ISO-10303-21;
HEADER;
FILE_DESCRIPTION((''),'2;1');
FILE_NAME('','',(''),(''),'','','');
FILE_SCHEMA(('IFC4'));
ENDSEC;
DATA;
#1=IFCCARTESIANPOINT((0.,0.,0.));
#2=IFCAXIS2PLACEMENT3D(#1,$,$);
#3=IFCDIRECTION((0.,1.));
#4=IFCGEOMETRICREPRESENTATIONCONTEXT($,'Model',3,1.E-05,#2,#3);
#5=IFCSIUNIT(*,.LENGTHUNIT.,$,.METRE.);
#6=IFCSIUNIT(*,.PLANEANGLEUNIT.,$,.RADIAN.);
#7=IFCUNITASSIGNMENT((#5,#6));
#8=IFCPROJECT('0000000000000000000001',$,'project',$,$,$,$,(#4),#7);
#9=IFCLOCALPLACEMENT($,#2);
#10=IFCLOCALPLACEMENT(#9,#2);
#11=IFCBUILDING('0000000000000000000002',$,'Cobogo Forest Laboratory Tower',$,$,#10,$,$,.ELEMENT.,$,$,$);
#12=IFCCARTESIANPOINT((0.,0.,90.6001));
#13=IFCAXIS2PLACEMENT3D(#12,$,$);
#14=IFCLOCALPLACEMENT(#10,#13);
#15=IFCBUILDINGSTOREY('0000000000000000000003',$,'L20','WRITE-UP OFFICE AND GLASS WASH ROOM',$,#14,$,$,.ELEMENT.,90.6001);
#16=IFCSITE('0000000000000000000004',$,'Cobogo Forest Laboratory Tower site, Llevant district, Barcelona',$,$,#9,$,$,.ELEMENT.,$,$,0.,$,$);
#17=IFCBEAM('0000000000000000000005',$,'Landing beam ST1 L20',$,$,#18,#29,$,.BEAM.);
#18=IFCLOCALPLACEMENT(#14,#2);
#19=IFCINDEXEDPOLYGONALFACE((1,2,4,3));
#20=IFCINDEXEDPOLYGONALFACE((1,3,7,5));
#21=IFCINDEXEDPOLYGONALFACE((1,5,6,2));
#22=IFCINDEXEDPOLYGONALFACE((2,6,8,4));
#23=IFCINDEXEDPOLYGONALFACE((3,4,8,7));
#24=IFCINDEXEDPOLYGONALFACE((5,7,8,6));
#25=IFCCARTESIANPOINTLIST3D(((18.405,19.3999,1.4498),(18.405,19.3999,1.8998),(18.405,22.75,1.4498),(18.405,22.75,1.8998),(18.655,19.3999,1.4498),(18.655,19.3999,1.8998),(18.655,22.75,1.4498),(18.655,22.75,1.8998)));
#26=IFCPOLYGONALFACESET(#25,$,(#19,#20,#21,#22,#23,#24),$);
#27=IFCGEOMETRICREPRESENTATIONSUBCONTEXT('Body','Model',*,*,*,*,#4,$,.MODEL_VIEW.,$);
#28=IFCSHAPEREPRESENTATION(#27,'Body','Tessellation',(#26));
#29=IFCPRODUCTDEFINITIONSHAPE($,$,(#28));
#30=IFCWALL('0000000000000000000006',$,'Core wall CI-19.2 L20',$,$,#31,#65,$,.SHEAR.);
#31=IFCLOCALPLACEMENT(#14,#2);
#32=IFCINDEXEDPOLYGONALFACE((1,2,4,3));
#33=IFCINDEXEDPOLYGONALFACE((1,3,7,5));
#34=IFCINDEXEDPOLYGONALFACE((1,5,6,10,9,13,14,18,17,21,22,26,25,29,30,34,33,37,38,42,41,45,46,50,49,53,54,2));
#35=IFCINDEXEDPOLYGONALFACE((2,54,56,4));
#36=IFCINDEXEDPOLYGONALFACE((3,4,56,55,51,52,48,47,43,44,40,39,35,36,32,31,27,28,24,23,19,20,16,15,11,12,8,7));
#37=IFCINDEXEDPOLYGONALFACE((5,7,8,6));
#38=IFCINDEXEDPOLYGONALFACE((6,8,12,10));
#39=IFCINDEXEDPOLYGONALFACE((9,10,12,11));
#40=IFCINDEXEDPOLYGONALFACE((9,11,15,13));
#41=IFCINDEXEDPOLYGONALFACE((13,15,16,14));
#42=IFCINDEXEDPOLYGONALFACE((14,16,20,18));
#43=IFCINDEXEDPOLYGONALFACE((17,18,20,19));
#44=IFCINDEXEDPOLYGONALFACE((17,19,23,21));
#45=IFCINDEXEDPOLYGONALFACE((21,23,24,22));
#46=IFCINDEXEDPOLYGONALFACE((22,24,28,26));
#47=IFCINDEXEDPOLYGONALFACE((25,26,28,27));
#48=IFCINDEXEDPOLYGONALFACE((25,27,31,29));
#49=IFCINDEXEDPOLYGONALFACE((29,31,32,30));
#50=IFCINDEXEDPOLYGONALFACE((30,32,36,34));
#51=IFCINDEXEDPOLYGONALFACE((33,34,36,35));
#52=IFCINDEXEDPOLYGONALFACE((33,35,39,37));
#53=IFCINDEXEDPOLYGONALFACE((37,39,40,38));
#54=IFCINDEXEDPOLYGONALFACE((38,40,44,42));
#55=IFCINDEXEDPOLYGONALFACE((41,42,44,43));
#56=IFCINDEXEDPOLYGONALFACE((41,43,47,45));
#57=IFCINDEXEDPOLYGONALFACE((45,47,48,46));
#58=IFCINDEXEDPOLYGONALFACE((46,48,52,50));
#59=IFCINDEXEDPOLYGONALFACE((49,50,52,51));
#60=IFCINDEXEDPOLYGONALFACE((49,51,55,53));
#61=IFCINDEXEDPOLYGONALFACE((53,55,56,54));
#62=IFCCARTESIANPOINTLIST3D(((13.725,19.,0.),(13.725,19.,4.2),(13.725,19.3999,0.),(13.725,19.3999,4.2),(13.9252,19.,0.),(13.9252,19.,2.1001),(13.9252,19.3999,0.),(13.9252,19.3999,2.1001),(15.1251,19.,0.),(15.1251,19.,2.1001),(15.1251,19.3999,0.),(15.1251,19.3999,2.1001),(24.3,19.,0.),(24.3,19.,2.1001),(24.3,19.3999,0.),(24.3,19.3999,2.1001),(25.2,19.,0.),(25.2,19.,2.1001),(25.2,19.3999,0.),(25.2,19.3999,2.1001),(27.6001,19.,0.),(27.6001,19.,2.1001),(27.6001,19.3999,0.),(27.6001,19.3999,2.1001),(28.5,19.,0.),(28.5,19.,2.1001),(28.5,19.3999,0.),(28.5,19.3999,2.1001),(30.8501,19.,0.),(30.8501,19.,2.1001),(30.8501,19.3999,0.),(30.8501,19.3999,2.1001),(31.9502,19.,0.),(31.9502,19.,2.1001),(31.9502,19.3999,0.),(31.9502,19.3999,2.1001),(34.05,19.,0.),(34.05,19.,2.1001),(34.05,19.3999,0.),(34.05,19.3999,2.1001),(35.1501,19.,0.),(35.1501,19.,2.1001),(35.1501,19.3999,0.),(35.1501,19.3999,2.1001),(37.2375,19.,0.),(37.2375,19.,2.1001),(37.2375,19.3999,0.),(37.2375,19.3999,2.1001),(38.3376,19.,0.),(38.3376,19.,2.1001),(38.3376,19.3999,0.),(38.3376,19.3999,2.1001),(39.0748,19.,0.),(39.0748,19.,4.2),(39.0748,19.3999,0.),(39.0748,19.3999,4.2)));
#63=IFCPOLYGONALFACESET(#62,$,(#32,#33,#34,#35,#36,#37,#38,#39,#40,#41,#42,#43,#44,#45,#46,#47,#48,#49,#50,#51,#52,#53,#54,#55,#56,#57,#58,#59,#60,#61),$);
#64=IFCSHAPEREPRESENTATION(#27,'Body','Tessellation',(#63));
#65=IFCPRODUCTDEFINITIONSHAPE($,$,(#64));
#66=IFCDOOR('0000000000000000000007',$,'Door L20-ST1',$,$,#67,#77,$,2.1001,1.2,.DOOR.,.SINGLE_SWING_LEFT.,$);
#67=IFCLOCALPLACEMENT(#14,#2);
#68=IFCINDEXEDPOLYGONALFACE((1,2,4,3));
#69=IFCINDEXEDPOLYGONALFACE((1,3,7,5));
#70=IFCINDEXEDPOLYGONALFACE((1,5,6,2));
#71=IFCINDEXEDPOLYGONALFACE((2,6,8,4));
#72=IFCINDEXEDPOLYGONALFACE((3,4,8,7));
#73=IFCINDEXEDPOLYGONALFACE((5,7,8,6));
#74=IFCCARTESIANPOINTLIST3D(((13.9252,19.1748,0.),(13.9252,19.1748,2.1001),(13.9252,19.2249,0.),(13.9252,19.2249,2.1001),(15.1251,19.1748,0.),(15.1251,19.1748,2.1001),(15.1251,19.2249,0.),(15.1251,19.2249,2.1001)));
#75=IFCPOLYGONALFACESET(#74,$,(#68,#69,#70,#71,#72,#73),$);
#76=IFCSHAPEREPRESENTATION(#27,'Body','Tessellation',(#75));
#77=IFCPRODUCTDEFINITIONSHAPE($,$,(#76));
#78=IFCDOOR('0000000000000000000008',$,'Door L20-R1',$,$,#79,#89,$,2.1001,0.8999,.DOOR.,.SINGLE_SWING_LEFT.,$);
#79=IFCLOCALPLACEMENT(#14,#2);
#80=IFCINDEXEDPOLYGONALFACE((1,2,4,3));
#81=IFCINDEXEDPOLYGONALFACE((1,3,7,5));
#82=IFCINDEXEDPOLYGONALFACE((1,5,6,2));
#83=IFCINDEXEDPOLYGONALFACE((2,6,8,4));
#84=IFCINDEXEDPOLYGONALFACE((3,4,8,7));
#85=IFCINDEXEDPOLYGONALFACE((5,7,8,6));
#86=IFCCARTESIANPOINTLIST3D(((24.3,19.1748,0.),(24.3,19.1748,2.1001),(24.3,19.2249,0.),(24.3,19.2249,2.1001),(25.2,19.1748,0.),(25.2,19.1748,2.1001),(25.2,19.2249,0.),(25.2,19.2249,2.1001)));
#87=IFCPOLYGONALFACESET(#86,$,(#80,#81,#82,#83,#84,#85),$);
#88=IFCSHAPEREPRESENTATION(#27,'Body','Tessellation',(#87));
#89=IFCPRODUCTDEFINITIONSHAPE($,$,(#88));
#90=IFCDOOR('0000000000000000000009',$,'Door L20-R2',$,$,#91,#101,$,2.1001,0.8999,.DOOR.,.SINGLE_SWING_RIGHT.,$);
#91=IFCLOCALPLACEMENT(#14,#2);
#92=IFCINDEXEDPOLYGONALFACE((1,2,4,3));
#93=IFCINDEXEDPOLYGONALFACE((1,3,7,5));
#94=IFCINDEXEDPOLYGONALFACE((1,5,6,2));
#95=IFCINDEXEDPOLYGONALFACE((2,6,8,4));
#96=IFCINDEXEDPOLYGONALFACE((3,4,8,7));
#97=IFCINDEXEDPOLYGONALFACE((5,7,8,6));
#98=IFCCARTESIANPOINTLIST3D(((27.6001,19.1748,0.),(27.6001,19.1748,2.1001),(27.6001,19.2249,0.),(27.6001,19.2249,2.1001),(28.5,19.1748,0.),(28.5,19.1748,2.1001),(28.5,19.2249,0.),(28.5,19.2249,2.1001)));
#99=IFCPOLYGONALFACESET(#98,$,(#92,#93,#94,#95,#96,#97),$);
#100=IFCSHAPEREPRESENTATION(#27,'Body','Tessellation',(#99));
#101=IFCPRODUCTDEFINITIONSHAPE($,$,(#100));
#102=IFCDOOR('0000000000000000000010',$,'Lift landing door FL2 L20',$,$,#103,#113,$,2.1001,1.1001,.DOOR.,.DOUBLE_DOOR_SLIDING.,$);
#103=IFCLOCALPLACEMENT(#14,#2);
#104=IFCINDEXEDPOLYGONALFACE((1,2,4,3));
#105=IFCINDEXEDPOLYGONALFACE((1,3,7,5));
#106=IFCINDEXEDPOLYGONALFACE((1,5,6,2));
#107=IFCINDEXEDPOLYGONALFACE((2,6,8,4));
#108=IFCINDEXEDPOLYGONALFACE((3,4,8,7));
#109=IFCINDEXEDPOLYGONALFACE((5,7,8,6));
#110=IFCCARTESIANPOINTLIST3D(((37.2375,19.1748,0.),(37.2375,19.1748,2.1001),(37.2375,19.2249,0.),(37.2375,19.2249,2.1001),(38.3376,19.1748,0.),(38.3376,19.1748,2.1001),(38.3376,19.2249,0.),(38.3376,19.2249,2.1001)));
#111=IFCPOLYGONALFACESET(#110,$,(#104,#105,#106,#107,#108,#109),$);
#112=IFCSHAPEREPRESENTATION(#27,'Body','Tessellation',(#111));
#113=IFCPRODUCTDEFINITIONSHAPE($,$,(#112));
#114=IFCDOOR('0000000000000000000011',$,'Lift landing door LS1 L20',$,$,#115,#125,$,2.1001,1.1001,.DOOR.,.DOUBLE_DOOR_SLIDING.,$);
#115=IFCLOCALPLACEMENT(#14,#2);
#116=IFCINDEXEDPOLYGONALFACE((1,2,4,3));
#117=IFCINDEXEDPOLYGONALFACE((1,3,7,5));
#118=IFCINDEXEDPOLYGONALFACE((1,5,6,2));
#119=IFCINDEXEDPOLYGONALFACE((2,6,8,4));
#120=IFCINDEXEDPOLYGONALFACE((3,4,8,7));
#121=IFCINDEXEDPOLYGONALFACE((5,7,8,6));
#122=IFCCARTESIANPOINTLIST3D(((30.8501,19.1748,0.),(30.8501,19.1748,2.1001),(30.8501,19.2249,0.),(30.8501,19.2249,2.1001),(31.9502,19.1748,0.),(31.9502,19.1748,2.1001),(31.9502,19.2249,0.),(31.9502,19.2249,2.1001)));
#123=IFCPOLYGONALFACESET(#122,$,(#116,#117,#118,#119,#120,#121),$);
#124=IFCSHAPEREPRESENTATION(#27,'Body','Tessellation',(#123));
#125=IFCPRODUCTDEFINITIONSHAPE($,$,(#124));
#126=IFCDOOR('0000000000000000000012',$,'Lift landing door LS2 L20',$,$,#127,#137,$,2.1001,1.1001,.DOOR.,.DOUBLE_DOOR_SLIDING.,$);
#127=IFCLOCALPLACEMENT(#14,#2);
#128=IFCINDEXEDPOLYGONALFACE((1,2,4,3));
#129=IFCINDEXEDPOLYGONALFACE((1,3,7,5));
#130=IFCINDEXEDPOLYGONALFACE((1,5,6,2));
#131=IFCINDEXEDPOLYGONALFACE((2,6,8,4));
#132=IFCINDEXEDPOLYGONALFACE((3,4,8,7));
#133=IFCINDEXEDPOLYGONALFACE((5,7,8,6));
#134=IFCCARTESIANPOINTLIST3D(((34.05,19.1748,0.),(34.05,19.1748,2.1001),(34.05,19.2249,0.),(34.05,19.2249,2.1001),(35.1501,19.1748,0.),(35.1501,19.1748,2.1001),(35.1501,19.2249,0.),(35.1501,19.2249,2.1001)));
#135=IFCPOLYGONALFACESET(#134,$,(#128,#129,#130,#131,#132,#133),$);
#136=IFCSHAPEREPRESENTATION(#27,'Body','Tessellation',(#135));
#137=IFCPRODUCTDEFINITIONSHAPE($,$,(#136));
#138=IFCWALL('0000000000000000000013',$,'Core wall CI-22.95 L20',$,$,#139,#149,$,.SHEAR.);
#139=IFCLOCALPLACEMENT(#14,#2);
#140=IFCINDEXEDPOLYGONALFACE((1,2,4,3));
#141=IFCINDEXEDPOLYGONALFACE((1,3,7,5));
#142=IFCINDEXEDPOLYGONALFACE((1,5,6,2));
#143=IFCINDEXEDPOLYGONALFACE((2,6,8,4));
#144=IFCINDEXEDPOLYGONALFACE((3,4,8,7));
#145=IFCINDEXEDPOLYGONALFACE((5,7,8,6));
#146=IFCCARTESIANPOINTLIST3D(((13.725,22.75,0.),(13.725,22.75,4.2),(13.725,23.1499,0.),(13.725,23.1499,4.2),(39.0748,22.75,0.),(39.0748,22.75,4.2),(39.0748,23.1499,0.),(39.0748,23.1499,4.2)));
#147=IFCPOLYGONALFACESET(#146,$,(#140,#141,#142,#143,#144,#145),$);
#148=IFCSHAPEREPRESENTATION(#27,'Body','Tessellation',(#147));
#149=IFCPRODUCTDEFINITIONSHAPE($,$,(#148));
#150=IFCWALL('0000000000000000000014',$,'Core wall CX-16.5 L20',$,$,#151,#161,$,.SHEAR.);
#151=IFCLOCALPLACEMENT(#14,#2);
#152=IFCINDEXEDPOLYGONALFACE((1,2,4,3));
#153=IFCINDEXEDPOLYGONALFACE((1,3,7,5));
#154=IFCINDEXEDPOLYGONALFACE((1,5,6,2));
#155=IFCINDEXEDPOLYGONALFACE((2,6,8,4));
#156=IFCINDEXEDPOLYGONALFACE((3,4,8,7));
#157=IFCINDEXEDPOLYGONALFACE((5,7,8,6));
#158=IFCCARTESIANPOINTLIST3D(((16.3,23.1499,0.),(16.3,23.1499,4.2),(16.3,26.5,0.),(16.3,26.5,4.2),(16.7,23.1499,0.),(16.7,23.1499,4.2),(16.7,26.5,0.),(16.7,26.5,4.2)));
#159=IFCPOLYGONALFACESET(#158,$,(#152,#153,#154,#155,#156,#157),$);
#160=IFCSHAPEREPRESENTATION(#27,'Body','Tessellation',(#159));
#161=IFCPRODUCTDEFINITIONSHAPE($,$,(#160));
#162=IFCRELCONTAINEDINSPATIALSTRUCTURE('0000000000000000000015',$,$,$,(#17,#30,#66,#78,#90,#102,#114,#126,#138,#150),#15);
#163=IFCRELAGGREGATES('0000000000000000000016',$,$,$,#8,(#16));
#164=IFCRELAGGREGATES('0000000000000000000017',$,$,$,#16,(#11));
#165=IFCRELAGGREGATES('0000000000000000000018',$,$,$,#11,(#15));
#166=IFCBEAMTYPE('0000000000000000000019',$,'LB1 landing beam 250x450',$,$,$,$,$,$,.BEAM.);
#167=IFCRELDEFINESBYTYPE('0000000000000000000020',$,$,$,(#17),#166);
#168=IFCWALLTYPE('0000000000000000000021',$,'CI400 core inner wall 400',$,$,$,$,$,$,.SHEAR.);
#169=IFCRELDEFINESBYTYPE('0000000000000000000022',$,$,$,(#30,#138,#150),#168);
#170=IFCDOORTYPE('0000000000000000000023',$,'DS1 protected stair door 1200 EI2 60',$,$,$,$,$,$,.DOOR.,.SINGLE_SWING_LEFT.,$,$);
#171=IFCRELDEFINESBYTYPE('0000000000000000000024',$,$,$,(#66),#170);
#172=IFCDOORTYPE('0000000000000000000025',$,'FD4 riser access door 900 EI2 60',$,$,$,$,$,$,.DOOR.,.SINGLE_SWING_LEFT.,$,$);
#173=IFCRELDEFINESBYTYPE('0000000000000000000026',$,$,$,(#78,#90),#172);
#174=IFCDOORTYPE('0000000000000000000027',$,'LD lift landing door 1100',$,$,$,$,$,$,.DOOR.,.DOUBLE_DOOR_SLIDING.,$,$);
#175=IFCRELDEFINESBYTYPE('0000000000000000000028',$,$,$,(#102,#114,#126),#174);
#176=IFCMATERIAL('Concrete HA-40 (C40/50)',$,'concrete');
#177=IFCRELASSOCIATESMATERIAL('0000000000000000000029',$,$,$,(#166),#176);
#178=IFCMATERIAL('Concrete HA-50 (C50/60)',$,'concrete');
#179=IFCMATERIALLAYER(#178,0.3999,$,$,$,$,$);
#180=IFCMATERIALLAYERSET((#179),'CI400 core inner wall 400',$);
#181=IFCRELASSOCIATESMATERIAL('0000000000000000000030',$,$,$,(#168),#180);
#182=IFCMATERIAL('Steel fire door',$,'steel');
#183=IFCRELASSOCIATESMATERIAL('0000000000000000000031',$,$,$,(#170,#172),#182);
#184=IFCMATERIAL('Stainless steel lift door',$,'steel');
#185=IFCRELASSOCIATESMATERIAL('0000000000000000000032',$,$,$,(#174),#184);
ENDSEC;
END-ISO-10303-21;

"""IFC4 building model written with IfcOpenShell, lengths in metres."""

from ifc_helpers import new_model, si_unit, direction, frame, frame_2d, origin, origin_2d, place, context, subcontext, project, spatial, rectangle, extrude, material, layer, layer_set, material_profile, profile_set, type_object, element, fill, save


model = new_model("IFC4")

# Units and contexts
model_context = context("Model", 3, precision=1e-05, world=origin(), true_north=direction((0.0, 1.0)))
body_context = subcontext(model_context, "Body", "Model", "MODEL_VIEW")
ifc_project = project(units=[si_unit("LENGTHUNIT", "METRE"), si_unit("PLANEANGLEUNIT", "RADIAN")], contexts=[model_context])

# Site, building, storey
site_placement = place(None, origin())
site = spatial("IfcSite", under=ifc_project, at=site_placement, Name="Cobogo Forest Laboratory Tower site, Llevant district, Barcelona", CompositionType="ELEMENT", RefElevation=0.0)
building_placement = place(site_placement, origin())
building = spatial("IfcBuilding", under=site, at=building_placement, Name="Cobogo Forest Laboratory Tower", CompositionType="ELEMENT")
storey_placement = place(building_placement, frame((0.0, 0.0, 90.6001)))
storey = spatial("IfcBuildingStorey", under=building, at=storey_placement, Name="L20", Description="WRITE-UP OFFICE AND GLASS WASH ROOM", CompositionType="ELEMENT", Elevation=90.6001)

# Beam
ifc_material_1 = material(Name="Concrete HA-40 (C40/50)", Category="concrete")
ifc_material_profile = material_profile(ifc_material_1, rectangle(XDim=0.25, YDim=0.45, at=origin_2d()), Name="RC 250x450")
ifc_profile_set = profile_set([ifc_material_profile], Name="Concrete HA-40 (C40/50)")
beam_type = type_object("IfcBeamType", Name="LB1 landing beam 250x450", PredefinedType="BEAM", material=ifc_profile_set)
beam_placement = place(storey_placement, frame((18.53, 19.3999, 1.6748), z_axis=(0.0, 1.0, 0.0), x_axis=(-1.0, 0.0, 0.0)))
element("IfcBeam", 1, at=beam_placement, inside=storey, type_object=beam_type, Name="Landing beam ST1 L20", PredefinedType="BEAM", context=body_context, shape_type="SweptSolid", body=[
    extrude(rectangle(XDim=0.25, YDim=0.45, at=origin_2d()), origin(), (0.0, 0.0, 1.0), 3.3501),
])

# Wall, openings, doors
ifc_material_2 = material(Name="Concrete HA-50 (C50/60)", Category="concrete")
ifc_layer = layer(ifc_material_2, 0.3999)
ifc_layer_set = layer_set([ifc_layer], Name="CI400 core inner wall 400")
wall_type = type_object("IfcWallType", Name="CI400 core inner wall 400", PredefinedType="SHEAR", material=ifc_layer_set)
wall_1_placement = place(storey_placement, frame((13.7251, 19.2, 0.0), z_axis=(0.0, 0.0, 1.0), x_axis=(1.0, 0.0, 0.0)))
wall_1 = element("IfcWall", 2, at=wall_1_placement, inside=storey, type_object=wall_type, Name="Core wall CI-19.2 L20", PredefinedType="SHEAR", context=body_context, shape_type="SweptSolid", body=[
    extrude(rectangle(XDim=25.3499, YDim=0.3999, at=frame_2d((12.6748, 0.0))), origin(), (0.0, 0.0, 1.0), 4.2),
])
opening_1_placement = place(wall_1_placement, frame((10.575, 0.0, 0.0)))
opening_1 = element("IfcOpeningElement", 3, at=opening_1_placement, cuts=wall_1, PredefinedType="OPENING", context=body_context, shape_type="SweptSolid", body=[
    extrude(rectangle(XDim=0.8999, YDim=2.1001, at=frame_2d((0.45, 1.05))), frame((0.0, 0.21, 0.0), z_axis=(0.0, -1.0, 0.0), x_axis=(1.0, 0.0, 0.0)), (0.0, 0.0, 1.0), 0.4199),
])
opening_2_placement = place(wall_1_placement, frame((13.875, 0.0, 0.0)))
opening_2 = element("IfcOpeningElement", 4, at=opening_2_placement, cuts=wall_1, PredefinedType="OPENING", context=body_context, shape_type="SweptSolid", body=[
    extrude(rectangle(XDim=0.8999, YDim=2.1001, at=frame_2d((0.45, 1.05))), frame((0.0, 0.21, 0.0), z_axis=(0.0, -1.0, 0.0), x_axis=(1.0, 0.0, 0.0)), (0.0, 0.0, 1.0), 0.4199),
])
opening_3_placement = place(wall_1_placement, frame((0.2, 0.0, 0.0)))
opening_3 = element("IfcOpeningElement", 5, at=opening_3_placement, cuts=wall_1, PredefinedType="OPENING", context=body_context, shape_type="SweptSolid", body=[
    extrude(rectangle(XDim=1.2, YDim=2.1001, at=frame_2d((0.6001, 1.05))), frame((0.0, 0.21, 0.0), z_axis=(0.0, -1.0, 0.0), x_axis=(1.0, 0.0, 0.0)), (0.0, 0.0, 1.0), 0.4199),
])
opening_4_placement = place(wall_1_placement, frame((23.5125, 0.0, 0.0)))
opening_4 = element("IfcOpeningElement", 6, at=opening_4_placement, cuts=wall_1, PredefinedType="OPENING", context=body_context, shape_type="SweptSolid", body=[
    extrude(rectangle(XDim=1.1001, YDim=2.1001, at=frame_2d((0.55, 1.05))), frame((0.0, 0.21, 0.0), z_axis=(0.0, -1.0, 0.0), x_axis=(1.0, 0.0, 0.0)), (0.0, 0.0, 1.0), 0.4199),
])
opening_5_placement = place(wall_1_placement, frame((17.125, 0.0, 0.0)))
opening_5 = element("IfcOpeningElement", 7, at=opening_5_placement, cuts=wall_1, PredefinedType="OPENING", context=body_context, shape_type="SweptSolid", body=[
    extrude(rectangle(XDim=1.1001, YDim=2.1001, at=frame_2d((0.55, 1.05))), frame((0.0, 0.21, 0.0), z_axis=(0.0, -1.0, 0.0), x_axis=(1.0, 0.0, 0.0)), (0.0, 0.0, 1.0), 0.4199),
])
opening_6_placement = place(wall_1_placement, frame((20.325, 0.0, 0.0)))
opening_6 = element("IfcOpeningElement", 8, at=opening_6_placement, cuts=wall_1, PredefinedType="OPENING", context=body_context, shape_type="SweptSolid", body=[
    extrude(rectangle(XDim=1.1001, YDim=2.1001, at=frame_2d((0.55, 1.05))), frame((0.0, 0.21, 0.0), z_axis=(0.0, -1.0, 0.0), x_axis=(1.0, 0.0, 0.0)), (0.0, 0.0, 1.0), 0.4199),
])
ifc_material_3 = material(Name="Steel fire door", Category="steel")
door_type_1 = type_object("IfcDoorType", Name="DS1 protected stair door 1200 EI2 60", OperationType="SINGLE_SWING_LEFT", PredefinedType="DOOR", material=ifc_material_3)
door_1_placement = place(opening_3_placement, origin())
door_1 = element("IfcDoor", 9, at=door_1_placement, inside=storey, type_object=door_type_1, Name="Door L20-ST1", OperationType="SINGLE_SWING_LEFT", OverallHeight=2.1001, OverallWidth=1.2, PredefinedType="DOOR", context=body_context, shape_type="SweptSolid", body=[
    extrude(rectangle(XDim=1.2, YDim=2.1001, at=frame_2d((0.6001, 1.05))), frame((0.0, 0.0249, 0.0), z_axis=(0.0, -1.0, 0.0), x_axis=(1.0, 0.0, 0.0)), (0.0, 0.0, 1.0), 0.05),
])
fill(opening_3, door_1)
door_type_2 = type_object("IfcDoorType", Name="FD4 riser access door 900 EI2 60", OperationType="SINGLE_SWING_LEFT", PredefinedType="DOOR", material=ifc_material_3)
door_2_placement = place(opening_1_placement, origin())
door_2 = element("IfcDoor", 10, at=door_2_placement, inside=storey, type_object=door_type_2, Name="Door L20-R1", OperationType="SINGLE_SWING_LEFT", OverallHeight=2.1001, OverallWidth=0.8999, PredefinedType="DOOR", context=body_context, shape_type="SweptSolid", body=[
    extrude(rectangle(XDim=0.8999, YDim=2.1001, at=frame_2d((0.45, 1.05))), frame((0.0, 0.0249, 0.0), z_axis=(0.0, -1.0, 0.0), x_axis=(1.0, 0.0, 0.0)), (0.0, 0.0, 1.0), 0.05),
])
fill(opening_1, door_2)
door_3_placement = place(opening_2_placement, origin())
door_3 = element("IfcDoor", 11, at=door_3_placement, inside=storey, type_object=door_type_2, Name="Door L20-R2", OperationType="SINGLE_SWING_RIGHT", OverallHeight=2.1001, OverallWidth=0.8999, PredefinedType="DOOR", context=body_context, shape_type="SweptSolid", body=[
    extrude(rectangle(XDim=0.8999, YDim=2.1001, at=frame_2d((0.45, 1.05))), frame((0.0, 0.0249, 0.0), z_axis=(0.0, -1.0, 0.0), x_axis=(1.0, 0.0, 0.0)), (0.0, 0.0, 1.0), 0.05),
])
fill(opening_2, door_3)
ifc_material_4 = material(Name="Stainless steel lift door", Category="steel")
door_type_3 = type_object("IfcDoorType", Name="LD lift landing door 1100", OperationType="DOUBLE_DOOR_SLIDING", PredefinedType="DOOR", material=ifc_material_4)
door_4_placement = place(opening_4_placement, origin())
door_4 = element("IfcDoor", 12, at=door_4_placement, inside=storey, type_object=door_type_3, Name="Lift landing door FL2 L20", OperationType="DOUBLE_DOOR_SLIDING", OverallHeight=2.1001, OverallWidth=1.1001, PredefinedType="DOOR", context=body_context, shape_type="SweptSolid", body=[
    extrude(rectangle(XDim=1.1001, YDim=2.1001, at=frame_2d((0.55, 1.05))), frame((0.0, 0.0249, 0.0), z_axis=(0.0, -1.0, 0.0), x_axis=(1.0, 0.0, 0.0)), (0.0, 0.0, 1.0), 0.05),
])
fill(opening_4, door_4)
door_5_placement = place(opening_5_placement, origin())
door_5 = element("IfcDoor", 13, at=door_5_placement, inside=storey, type_object=door_type_3, Name="Lift landing door LS1 L20", OperationType="DOUBLE_DOOR_SLIDING", OverallHeight=2.1001, OverallWidth=1.1001, PredefinedType="DOOR", context=body_context, shape_type="SweptSolid", body=[
    extrude(rectangle(XDim=1.1001, YDim=2.1001, at=frame_2d((0.55, 1.05))), frame((0.0, 0.0249, 0.0), z_axis=(0.0, -1.0, 0.0), x_axis=(1.0, 0.0, 0.0)), (0.0, 0.0, 1.0), 0.05),
])
fill(opening_5, door_5)
door_6_placement = place(opening_6_placement, origin())
door_6 = element("IfcDoor", 14, at=door_6_placement, inside=storey, type_object=door_type_3, Name="Lift landing door LS2 L20", OperationType="DOUBLE_DOOR_SLIDING", OverallHeight=2.1001, OverallWidth=1.1001, PredefinedType="DOOR", context=body_context, shape_type="SweptSolid", body=[
    extrude(rectangle(XDim=1.1001, YDim=2.1001, at=frame_2d((0.55, 1.05))), frame((0.0, 0.0249, 0.0), z_axis=(0.0, -1.0, 0.0), x_axis=(1.0, 0.0, 0.0)), (0.0, 0.0, 1.0), 0.05),
])
fill(opening_6, door_6)

# Walls
wall_2_placement = place(storey_placement, frame((13.7251, 22.95, 0.0), z_axis=(0.0, 0.0, 1.0), x_axis=(1.0, 0.0, 0.0)))
element("IfcWall", 15, at=wall_2_placement, inside=storey, type_object=wall_type, Name="Core wall CI-22.95 L20", PredefinedType="SHEAR", context=body_context, shape_type="SweptSolid", body=[
    extrude(rectangle(XDim=25.3499, YDim=0.3999, at=frame_2d((12.6748, 0.0))), origin(), (0.0, 0.0, 1.0), 4.2),
])
wall_3_placement = place(storey_placement, frame((16.5, 23.1499, 0.0), z_axis=(0.0, 0.0, 1.0), x_axis=(0.0, 1.0, 0.0)))
element("IfcWall", 16, at=wall_3_placement, inside=storey, type_object=wall_type, Name="Core wall CX-16.5 L20", PredefinedType="SHEAR", context=body_context, shape_type="SweptSolid", body=[
    extrude(rectangle(XDim=3.3501, YDim=0.3999, at=frame_2d((1.675, 0.0))), origin(), (0.0, 0.0, 1.0), 4.2),
])

save(model, "model.ifc")
